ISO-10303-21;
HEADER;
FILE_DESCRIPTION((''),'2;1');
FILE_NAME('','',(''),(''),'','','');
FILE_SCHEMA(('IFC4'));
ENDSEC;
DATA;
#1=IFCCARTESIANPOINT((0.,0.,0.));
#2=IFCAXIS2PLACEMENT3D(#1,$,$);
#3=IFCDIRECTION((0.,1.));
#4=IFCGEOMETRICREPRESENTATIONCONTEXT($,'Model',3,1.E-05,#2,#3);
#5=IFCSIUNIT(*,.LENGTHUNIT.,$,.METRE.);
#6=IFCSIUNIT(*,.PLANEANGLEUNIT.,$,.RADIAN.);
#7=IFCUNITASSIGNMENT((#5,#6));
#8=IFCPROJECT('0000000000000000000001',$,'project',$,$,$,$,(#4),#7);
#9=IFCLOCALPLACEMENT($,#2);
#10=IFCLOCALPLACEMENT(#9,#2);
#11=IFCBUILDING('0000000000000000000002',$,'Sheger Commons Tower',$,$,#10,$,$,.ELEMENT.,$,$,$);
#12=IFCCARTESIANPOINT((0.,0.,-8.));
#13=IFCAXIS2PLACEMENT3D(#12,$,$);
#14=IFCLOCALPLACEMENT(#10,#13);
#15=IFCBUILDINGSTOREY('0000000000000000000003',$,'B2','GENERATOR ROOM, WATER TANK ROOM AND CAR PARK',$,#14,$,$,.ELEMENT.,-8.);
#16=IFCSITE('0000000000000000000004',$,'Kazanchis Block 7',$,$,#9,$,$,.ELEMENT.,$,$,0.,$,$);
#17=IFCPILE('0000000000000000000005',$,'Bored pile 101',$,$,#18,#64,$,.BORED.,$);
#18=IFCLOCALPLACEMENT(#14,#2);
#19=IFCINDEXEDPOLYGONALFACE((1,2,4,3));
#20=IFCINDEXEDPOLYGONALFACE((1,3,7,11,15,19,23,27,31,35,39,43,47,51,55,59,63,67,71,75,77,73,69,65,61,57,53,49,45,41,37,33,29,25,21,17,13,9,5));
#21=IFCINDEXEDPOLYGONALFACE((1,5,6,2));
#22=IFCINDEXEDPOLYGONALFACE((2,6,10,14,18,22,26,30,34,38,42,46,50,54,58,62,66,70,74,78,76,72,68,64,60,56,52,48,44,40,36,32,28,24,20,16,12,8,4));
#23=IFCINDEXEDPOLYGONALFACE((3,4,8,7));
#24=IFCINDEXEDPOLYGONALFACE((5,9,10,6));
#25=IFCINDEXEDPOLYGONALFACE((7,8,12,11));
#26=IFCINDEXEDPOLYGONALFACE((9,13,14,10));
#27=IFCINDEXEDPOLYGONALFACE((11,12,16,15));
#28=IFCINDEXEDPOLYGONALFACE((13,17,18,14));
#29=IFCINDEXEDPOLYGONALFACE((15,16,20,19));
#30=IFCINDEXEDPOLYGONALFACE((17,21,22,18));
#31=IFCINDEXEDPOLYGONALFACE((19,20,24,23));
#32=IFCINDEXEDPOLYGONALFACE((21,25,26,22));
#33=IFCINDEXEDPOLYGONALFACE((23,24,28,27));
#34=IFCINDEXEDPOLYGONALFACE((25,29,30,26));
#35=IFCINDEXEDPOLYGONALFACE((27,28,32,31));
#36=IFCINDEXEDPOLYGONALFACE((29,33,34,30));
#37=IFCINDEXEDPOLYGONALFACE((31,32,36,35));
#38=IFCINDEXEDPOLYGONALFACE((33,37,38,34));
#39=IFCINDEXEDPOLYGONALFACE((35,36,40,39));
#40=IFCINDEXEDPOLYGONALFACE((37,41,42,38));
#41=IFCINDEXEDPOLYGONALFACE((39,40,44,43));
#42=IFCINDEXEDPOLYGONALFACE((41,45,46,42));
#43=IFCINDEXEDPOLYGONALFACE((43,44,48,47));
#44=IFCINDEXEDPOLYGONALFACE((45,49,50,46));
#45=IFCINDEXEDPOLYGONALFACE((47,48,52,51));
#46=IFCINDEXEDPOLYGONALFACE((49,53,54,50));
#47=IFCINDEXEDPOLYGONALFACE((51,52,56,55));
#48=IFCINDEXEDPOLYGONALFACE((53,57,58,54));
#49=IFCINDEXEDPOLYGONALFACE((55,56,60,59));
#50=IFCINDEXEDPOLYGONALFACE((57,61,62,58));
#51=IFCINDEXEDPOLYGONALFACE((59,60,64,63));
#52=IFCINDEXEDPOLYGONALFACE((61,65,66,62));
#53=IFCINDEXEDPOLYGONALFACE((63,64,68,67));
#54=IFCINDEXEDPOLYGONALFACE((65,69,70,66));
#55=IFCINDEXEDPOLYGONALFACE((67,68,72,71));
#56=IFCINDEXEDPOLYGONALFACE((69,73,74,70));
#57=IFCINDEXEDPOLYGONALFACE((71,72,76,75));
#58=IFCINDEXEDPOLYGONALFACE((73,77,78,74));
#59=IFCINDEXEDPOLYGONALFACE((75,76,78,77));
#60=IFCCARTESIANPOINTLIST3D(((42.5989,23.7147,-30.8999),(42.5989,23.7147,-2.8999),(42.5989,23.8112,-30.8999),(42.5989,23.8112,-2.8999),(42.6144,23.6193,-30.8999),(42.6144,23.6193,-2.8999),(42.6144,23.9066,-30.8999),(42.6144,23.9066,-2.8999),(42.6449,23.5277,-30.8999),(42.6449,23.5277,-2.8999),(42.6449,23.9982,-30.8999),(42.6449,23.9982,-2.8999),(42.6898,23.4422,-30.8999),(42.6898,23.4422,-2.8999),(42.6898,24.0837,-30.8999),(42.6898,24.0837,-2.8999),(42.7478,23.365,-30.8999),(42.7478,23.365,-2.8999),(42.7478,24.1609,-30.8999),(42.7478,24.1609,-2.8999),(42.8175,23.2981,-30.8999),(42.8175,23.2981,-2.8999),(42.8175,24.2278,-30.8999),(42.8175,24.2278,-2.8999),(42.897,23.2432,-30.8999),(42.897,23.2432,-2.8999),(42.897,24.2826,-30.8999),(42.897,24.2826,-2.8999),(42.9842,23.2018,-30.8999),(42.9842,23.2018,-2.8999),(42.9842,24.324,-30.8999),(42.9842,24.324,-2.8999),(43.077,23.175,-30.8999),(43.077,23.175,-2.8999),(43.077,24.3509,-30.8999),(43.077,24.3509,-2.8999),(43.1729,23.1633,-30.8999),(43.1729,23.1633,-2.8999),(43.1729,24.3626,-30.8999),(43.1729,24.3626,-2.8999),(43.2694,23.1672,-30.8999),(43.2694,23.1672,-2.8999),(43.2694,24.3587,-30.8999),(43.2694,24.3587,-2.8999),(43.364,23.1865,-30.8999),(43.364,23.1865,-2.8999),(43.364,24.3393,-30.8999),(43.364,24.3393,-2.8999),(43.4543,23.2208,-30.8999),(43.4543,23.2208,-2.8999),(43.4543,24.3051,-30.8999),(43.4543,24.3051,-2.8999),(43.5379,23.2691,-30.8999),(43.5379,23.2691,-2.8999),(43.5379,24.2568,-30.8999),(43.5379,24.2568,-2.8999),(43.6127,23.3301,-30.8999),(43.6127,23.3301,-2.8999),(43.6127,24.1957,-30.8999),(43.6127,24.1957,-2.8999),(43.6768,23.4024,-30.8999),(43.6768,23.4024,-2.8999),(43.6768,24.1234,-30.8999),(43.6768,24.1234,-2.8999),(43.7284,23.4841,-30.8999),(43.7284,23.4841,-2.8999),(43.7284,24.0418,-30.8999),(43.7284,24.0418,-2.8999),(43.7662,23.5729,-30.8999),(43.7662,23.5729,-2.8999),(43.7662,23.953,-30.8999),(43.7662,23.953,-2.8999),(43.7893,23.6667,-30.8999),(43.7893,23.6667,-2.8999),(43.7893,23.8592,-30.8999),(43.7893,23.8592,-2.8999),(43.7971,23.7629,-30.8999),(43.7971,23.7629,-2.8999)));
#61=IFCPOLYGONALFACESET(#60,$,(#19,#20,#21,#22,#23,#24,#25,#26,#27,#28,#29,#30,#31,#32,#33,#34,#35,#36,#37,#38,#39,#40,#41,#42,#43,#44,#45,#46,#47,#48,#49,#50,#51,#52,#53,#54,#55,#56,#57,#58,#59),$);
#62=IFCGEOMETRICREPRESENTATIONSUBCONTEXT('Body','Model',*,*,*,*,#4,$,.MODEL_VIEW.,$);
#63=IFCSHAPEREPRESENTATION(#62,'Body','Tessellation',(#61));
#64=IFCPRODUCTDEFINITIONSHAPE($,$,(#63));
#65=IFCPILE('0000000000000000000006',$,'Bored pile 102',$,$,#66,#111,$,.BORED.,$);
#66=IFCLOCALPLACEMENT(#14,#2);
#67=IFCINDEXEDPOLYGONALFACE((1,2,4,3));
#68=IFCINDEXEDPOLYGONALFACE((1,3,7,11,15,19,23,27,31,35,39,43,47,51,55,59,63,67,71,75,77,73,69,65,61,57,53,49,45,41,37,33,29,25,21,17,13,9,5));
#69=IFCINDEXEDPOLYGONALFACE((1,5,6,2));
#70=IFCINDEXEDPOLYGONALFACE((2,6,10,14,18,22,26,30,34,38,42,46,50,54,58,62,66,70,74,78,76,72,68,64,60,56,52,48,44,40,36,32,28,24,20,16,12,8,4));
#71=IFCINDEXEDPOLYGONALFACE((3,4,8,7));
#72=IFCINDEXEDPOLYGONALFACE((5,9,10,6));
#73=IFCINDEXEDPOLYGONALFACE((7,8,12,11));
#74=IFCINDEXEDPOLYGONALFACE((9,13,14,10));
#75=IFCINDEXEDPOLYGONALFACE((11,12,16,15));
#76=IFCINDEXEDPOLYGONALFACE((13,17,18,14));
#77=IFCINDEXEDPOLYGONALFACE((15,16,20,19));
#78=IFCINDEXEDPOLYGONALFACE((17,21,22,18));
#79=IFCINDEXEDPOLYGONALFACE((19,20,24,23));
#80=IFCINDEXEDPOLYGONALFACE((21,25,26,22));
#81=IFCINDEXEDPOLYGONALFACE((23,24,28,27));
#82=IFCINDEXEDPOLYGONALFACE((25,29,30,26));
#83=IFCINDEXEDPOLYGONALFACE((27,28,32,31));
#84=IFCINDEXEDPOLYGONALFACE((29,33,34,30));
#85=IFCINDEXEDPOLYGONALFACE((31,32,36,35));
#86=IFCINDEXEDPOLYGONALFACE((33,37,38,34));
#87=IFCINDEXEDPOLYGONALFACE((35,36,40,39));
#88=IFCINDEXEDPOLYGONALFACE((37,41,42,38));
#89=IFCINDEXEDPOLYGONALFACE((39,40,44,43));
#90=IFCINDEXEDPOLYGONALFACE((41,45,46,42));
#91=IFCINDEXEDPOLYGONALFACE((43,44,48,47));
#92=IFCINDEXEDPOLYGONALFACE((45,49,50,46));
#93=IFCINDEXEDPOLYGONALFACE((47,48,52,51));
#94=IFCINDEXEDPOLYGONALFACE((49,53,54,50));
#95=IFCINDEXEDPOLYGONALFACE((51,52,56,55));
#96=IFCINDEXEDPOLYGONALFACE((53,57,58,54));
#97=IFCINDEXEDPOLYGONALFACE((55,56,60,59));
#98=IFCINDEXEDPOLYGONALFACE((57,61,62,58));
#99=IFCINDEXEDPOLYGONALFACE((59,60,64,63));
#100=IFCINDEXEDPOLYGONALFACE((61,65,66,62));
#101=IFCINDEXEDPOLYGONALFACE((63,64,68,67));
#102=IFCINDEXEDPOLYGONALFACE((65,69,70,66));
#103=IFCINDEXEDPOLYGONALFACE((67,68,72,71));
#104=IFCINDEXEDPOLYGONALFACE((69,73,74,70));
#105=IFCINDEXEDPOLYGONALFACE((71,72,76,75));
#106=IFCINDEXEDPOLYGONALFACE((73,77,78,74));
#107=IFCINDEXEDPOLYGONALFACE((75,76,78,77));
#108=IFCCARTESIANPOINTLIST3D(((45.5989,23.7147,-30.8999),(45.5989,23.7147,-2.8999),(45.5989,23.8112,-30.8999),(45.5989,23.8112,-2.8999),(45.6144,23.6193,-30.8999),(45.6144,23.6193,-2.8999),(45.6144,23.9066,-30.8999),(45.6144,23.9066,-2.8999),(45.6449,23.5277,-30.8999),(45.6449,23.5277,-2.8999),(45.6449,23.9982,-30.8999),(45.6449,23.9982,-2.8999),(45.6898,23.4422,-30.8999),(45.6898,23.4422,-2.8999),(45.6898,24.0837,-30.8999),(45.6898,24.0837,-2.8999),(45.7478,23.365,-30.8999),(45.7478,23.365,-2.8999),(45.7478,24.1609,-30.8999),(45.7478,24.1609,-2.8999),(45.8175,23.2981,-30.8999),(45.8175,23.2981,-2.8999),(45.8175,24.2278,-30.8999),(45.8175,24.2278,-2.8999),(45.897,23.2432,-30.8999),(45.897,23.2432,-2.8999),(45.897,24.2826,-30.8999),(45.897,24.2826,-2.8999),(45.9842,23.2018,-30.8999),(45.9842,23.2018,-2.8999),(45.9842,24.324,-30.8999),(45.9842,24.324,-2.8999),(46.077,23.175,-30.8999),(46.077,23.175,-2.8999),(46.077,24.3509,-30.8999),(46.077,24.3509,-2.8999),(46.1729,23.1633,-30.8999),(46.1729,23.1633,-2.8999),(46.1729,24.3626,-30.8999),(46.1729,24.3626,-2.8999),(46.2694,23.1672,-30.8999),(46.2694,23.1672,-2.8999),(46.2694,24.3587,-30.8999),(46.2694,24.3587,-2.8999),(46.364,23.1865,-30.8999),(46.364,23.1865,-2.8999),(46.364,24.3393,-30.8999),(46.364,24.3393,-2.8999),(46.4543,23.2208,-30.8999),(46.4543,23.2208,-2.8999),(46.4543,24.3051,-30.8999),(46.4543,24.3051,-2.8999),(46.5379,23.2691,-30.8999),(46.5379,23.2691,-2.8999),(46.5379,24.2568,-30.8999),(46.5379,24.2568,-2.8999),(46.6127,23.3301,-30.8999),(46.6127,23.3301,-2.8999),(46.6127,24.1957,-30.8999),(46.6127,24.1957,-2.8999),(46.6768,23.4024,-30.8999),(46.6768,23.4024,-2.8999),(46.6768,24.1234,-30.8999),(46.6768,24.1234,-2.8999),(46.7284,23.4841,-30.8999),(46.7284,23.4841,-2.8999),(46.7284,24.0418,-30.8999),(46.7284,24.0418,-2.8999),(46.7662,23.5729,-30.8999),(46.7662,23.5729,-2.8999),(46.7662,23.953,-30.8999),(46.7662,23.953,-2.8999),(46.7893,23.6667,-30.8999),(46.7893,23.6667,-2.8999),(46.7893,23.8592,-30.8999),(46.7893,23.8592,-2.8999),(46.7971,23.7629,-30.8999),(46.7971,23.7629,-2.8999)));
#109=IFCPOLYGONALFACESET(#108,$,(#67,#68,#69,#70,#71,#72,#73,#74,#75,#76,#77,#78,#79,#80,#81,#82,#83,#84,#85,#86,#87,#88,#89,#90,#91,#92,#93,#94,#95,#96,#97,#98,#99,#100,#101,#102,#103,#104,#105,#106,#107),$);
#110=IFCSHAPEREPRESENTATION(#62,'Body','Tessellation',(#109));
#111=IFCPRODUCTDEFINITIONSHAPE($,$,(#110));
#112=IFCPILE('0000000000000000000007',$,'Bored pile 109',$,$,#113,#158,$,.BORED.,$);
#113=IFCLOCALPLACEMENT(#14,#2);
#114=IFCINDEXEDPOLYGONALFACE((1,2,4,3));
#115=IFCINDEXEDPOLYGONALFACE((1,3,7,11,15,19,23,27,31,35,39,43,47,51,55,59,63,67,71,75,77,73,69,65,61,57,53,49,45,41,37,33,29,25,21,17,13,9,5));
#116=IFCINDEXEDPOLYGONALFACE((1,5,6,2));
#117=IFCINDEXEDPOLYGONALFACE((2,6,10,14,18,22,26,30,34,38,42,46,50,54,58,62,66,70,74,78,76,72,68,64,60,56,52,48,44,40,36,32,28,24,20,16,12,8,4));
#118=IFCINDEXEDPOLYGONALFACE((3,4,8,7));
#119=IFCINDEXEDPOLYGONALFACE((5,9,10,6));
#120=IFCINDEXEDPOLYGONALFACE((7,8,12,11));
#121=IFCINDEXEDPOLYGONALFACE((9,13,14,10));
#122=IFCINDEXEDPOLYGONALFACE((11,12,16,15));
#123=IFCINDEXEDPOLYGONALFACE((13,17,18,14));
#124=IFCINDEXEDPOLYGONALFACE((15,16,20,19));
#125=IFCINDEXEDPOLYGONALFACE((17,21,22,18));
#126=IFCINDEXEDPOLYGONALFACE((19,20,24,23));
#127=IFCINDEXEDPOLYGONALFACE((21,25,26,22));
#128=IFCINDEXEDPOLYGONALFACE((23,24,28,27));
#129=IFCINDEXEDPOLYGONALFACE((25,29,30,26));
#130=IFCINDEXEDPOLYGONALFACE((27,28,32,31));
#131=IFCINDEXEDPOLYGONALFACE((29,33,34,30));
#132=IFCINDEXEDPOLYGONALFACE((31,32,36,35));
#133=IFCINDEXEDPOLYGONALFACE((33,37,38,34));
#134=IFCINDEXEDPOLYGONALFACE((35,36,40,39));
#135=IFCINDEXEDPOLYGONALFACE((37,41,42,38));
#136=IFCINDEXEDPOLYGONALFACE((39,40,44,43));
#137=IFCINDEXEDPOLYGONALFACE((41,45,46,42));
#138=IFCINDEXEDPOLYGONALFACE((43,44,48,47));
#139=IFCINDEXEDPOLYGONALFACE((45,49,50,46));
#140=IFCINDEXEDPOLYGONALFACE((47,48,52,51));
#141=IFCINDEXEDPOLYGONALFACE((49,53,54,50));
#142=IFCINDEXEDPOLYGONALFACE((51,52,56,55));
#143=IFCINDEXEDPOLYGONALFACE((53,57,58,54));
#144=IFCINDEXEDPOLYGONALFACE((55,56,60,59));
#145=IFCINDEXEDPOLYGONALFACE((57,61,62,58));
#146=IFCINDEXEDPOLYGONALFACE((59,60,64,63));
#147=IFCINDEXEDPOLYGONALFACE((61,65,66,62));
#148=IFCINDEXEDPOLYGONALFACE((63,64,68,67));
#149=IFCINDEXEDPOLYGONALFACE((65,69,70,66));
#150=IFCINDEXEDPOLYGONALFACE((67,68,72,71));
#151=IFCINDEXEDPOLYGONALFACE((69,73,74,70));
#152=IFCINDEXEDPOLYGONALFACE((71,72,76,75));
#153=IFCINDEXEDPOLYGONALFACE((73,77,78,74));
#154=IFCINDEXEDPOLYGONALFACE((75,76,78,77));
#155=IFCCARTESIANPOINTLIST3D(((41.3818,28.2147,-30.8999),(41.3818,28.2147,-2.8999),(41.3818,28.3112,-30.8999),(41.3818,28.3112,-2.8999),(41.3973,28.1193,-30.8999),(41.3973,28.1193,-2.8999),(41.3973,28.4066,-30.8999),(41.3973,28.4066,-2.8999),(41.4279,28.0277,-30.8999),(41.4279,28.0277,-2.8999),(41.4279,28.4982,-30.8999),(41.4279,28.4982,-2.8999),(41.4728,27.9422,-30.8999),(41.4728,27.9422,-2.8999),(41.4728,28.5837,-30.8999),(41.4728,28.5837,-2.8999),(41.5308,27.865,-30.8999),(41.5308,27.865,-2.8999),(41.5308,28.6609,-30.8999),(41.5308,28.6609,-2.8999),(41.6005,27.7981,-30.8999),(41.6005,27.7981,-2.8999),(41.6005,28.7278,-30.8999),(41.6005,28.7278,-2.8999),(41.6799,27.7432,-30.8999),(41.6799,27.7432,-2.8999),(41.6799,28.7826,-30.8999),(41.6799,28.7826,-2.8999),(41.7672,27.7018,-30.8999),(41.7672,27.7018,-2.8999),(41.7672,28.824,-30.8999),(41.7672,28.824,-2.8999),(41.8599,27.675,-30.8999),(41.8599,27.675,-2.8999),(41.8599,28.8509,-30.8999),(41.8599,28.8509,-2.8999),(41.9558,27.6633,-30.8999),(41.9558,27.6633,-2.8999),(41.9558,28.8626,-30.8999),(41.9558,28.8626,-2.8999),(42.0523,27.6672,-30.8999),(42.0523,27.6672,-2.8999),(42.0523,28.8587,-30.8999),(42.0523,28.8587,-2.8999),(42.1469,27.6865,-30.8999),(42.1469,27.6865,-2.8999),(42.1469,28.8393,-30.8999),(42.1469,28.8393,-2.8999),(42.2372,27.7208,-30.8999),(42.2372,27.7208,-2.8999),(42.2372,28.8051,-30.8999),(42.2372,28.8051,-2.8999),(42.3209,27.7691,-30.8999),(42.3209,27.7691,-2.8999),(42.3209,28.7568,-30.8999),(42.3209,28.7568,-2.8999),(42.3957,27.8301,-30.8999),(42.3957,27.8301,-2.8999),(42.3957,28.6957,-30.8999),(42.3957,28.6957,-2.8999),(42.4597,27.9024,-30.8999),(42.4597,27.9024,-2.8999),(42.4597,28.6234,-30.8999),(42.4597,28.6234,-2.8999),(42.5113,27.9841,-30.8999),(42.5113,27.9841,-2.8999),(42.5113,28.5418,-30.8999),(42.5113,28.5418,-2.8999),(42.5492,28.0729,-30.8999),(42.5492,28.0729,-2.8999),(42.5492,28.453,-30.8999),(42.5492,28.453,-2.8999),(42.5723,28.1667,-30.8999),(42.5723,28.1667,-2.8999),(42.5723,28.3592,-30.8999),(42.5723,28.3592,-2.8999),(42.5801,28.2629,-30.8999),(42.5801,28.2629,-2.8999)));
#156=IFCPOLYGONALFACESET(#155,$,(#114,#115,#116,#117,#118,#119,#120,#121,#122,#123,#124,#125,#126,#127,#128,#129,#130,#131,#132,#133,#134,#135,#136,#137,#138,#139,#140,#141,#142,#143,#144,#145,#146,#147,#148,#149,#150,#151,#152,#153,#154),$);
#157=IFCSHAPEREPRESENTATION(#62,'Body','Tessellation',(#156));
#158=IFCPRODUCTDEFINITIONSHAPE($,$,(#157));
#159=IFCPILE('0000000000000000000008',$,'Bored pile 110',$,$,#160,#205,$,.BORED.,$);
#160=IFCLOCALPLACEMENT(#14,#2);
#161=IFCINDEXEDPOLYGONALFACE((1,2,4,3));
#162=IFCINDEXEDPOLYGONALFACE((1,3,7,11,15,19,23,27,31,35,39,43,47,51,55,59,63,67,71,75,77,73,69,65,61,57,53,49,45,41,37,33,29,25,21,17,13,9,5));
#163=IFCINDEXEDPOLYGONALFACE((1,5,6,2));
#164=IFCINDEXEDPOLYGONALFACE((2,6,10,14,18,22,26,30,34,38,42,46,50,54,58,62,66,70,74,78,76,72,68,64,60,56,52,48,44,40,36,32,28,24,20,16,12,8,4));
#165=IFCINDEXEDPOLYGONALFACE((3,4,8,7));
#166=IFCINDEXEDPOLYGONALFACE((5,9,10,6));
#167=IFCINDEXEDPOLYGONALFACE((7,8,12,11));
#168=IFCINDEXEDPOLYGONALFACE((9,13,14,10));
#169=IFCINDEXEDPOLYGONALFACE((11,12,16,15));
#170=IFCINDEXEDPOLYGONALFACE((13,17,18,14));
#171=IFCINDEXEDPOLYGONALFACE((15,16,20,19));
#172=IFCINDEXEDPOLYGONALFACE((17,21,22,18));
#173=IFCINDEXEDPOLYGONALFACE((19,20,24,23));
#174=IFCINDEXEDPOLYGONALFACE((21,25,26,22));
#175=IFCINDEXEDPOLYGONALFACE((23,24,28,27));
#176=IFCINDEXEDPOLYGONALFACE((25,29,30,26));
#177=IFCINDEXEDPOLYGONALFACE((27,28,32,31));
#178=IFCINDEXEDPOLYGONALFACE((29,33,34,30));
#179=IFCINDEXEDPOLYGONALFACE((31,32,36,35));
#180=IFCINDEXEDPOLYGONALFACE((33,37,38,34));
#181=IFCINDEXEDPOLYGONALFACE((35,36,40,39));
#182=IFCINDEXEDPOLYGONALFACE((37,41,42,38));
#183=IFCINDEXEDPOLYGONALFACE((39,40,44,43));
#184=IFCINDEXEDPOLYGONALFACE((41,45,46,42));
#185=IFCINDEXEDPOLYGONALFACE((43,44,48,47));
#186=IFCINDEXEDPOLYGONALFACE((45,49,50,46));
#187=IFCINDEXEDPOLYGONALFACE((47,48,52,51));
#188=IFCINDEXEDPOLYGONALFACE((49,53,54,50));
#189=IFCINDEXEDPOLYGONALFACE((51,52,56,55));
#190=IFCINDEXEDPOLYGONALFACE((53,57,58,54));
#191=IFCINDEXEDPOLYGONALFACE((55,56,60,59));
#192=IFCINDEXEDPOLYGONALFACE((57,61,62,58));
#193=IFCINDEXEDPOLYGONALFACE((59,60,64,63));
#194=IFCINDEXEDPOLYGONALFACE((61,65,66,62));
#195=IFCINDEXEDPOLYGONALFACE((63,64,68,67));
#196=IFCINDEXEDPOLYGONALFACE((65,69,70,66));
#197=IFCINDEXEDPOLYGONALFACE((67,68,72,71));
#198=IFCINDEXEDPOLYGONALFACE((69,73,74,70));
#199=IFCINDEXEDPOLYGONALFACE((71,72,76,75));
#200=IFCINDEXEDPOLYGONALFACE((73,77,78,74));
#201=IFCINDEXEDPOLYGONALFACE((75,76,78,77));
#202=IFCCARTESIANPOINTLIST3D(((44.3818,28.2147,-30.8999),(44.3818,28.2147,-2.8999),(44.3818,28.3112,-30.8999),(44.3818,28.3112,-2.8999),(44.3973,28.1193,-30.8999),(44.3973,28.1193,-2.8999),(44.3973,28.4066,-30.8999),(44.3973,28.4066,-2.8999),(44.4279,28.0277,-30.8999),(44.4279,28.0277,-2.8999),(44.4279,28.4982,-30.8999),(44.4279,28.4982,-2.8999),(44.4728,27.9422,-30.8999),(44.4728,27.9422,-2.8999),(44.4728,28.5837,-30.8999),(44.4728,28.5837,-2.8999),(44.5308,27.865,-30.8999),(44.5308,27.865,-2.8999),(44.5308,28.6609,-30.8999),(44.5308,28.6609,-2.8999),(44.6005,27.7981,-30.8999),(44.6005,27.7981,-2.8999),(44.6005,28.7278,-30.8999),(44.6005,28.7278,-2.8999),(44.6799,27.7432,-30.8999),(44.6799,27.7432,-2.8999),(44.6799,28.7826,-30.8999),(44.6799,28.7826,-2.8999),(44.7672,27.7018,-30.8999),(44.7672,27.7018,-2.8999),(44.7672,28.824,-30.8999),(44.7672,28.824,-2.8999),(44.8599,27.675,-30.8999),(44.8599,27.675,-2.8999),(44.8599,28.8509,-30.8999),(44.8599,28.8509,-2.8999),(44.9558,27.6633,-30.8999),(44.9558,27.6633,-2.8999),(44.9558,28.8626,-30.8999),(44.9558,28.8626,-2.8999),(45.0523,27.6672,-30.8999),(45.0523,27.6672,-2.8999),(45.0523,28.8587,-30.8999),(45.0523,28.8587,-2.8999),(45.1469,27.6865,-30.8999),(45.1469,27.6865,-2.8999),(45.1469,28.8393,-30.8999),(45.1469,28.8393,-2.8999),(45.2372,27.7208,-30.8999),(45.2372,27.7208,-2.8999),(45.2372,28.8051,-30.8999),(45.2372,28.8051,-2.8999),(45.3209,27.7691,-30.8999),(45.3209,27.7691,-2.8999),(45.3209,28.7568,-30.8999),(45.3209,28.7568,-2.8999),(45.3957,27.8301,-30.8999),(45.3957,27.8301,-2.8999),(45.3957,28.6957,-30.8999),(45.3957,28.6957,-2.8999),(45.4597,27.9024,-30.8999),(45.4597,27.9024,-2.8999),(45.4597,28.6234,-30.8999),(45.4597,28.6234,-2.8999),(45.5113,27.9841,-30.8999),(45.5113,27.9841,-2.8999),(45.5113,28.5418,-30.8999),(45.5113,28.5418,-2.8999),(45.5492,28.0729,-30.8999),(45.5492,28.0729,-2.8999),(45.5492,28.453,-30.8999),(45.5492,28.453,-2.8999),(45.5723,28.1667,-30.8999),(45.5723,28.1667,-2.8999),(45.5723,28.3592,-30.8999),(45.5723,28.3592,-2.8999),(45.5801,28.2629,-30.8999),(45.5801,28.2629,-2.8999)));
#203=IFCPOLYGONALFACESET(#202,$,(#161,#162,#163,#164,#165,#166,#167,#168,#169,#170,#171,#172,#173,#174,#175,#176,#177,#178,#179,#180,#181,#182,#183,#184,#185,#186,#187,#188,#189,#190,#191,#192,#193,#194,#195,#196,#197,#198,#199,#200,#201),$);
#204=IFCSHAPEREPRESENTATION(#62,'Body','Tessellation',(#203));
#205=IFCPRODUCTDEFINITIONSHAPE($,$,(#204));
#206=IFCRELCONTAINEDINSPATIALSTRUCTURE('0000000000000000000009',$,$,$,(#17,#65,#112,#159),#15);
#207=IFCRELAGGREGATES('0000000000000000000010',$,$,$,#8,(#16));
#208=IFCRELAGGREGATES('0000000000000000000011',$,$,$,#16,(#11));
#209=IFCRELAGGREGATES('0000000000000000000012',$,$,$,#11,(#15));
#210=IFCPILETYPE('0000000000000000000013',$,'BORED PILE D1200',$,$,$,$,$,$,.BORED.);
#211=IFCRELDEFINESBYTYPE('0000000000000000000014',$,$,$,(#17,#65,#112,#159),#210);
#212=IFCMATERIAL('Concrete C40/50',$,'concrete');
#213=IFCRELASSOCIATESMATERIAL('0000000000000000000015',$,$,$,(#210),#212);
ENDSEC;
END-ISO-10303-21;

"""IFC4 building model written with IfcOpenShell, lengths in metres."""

from ifc_helpers import new_model, si_unit, direction, frame, origin, origin_2d, place, context, subcontext, project, spatial, circle, extrude, material, material_profile, profile_set, type_object, element, save


model = new_model("IFC4")

# Units and contexts
model_context = context("Model", 3, precision=1e-05, world=origin(), true_north=direction((0.0, 1.0)))
body_context = subcontext(model_context, "Body", "Model", "MODEL_VIEW")
ifc_project = project(units=[si_unit("LENGTHUNIT", "METRE"), si_unit("PLANEANGLEUNIT", "RADIAN")], contexts=[model_context])

# Site, building, storey
site_placement = place(None, origin())
site = spatial("IfcSite", under=ifc_project, at=site_placement, Name="Kazanchis Block 7", CompositionType="ELEMENT", RefElevation=0.0)
building_placement = place(site_placement, origin())
building = spatial("IfcBuilding", under=site, at=building_placement, Name="Sheger Commons Tower", CompositionType="ELEMENT")
storey_placement = place(building_placement, frame((0.0, 0.0, -8.0)))
storey = spatial("IfcBuildingStorey", under=building, at=storey_placement, Name="B2", Description="GENERATOR ROOM, WATER TANK ROOM AND CAR PARK", CompositionType="ELEMENT", Elevation=-8.0)

# Piles
ifc_material_1 = material(Name="Concrete C40/50", Category="concrete")
ifc_material_profile_1 = material_profile(ifc_material_1, circle(Radius=0.6001, at=origin_2d()), Name="PILE D1200")
ifc_profile_set_1 = profile_set([ifc_material_profile_1], Name="Concrete C40/50")
pile_type_1 = type_object("IfcPileType", Name="BORED PILE D1200", PredefinedType="BORED", material=ifc_profile_set_1)
for number, where, z_axis, x_axis, name in (
    (1, (43.197, 23.7629, -2.8999), (0.0, 0.0, -1.0), (1.0, 0.0, 0.0), "Bored pile 101"),
    (2, (46.197, 23.7629, -2.8999), (0.0, 0.0, -1.0), (1.0, 0.0, 0.0), "Bored pile 102"),
    (3, (41.98, 28.2629, -2.8999), (0.0, 0.0, -1.0), (1.0, 0.0, 0.0), "Bored pile 109"),
    (4, (44.98, 28.2629, -2.8999), (0.0, 0.0, -1.0), (1.0, 0.0, 0.0), "Bored pile 110"),
):
    element("IfcPile", number, at=place(storey_placement, frame(where, z_axis=z_axis, x_axis=x_axis)), inside=storey, type_object=pile_type_1, Name=name, PredefinedType="BORED", context=body_context, shape_type="SweptSolid", body=[
        extrude(circle(Radius=0.6001, at=origin_2d()), origin(), (0.0, 0.0, 1.0), 28.0),
    ])

save(model, "model.ifc")
